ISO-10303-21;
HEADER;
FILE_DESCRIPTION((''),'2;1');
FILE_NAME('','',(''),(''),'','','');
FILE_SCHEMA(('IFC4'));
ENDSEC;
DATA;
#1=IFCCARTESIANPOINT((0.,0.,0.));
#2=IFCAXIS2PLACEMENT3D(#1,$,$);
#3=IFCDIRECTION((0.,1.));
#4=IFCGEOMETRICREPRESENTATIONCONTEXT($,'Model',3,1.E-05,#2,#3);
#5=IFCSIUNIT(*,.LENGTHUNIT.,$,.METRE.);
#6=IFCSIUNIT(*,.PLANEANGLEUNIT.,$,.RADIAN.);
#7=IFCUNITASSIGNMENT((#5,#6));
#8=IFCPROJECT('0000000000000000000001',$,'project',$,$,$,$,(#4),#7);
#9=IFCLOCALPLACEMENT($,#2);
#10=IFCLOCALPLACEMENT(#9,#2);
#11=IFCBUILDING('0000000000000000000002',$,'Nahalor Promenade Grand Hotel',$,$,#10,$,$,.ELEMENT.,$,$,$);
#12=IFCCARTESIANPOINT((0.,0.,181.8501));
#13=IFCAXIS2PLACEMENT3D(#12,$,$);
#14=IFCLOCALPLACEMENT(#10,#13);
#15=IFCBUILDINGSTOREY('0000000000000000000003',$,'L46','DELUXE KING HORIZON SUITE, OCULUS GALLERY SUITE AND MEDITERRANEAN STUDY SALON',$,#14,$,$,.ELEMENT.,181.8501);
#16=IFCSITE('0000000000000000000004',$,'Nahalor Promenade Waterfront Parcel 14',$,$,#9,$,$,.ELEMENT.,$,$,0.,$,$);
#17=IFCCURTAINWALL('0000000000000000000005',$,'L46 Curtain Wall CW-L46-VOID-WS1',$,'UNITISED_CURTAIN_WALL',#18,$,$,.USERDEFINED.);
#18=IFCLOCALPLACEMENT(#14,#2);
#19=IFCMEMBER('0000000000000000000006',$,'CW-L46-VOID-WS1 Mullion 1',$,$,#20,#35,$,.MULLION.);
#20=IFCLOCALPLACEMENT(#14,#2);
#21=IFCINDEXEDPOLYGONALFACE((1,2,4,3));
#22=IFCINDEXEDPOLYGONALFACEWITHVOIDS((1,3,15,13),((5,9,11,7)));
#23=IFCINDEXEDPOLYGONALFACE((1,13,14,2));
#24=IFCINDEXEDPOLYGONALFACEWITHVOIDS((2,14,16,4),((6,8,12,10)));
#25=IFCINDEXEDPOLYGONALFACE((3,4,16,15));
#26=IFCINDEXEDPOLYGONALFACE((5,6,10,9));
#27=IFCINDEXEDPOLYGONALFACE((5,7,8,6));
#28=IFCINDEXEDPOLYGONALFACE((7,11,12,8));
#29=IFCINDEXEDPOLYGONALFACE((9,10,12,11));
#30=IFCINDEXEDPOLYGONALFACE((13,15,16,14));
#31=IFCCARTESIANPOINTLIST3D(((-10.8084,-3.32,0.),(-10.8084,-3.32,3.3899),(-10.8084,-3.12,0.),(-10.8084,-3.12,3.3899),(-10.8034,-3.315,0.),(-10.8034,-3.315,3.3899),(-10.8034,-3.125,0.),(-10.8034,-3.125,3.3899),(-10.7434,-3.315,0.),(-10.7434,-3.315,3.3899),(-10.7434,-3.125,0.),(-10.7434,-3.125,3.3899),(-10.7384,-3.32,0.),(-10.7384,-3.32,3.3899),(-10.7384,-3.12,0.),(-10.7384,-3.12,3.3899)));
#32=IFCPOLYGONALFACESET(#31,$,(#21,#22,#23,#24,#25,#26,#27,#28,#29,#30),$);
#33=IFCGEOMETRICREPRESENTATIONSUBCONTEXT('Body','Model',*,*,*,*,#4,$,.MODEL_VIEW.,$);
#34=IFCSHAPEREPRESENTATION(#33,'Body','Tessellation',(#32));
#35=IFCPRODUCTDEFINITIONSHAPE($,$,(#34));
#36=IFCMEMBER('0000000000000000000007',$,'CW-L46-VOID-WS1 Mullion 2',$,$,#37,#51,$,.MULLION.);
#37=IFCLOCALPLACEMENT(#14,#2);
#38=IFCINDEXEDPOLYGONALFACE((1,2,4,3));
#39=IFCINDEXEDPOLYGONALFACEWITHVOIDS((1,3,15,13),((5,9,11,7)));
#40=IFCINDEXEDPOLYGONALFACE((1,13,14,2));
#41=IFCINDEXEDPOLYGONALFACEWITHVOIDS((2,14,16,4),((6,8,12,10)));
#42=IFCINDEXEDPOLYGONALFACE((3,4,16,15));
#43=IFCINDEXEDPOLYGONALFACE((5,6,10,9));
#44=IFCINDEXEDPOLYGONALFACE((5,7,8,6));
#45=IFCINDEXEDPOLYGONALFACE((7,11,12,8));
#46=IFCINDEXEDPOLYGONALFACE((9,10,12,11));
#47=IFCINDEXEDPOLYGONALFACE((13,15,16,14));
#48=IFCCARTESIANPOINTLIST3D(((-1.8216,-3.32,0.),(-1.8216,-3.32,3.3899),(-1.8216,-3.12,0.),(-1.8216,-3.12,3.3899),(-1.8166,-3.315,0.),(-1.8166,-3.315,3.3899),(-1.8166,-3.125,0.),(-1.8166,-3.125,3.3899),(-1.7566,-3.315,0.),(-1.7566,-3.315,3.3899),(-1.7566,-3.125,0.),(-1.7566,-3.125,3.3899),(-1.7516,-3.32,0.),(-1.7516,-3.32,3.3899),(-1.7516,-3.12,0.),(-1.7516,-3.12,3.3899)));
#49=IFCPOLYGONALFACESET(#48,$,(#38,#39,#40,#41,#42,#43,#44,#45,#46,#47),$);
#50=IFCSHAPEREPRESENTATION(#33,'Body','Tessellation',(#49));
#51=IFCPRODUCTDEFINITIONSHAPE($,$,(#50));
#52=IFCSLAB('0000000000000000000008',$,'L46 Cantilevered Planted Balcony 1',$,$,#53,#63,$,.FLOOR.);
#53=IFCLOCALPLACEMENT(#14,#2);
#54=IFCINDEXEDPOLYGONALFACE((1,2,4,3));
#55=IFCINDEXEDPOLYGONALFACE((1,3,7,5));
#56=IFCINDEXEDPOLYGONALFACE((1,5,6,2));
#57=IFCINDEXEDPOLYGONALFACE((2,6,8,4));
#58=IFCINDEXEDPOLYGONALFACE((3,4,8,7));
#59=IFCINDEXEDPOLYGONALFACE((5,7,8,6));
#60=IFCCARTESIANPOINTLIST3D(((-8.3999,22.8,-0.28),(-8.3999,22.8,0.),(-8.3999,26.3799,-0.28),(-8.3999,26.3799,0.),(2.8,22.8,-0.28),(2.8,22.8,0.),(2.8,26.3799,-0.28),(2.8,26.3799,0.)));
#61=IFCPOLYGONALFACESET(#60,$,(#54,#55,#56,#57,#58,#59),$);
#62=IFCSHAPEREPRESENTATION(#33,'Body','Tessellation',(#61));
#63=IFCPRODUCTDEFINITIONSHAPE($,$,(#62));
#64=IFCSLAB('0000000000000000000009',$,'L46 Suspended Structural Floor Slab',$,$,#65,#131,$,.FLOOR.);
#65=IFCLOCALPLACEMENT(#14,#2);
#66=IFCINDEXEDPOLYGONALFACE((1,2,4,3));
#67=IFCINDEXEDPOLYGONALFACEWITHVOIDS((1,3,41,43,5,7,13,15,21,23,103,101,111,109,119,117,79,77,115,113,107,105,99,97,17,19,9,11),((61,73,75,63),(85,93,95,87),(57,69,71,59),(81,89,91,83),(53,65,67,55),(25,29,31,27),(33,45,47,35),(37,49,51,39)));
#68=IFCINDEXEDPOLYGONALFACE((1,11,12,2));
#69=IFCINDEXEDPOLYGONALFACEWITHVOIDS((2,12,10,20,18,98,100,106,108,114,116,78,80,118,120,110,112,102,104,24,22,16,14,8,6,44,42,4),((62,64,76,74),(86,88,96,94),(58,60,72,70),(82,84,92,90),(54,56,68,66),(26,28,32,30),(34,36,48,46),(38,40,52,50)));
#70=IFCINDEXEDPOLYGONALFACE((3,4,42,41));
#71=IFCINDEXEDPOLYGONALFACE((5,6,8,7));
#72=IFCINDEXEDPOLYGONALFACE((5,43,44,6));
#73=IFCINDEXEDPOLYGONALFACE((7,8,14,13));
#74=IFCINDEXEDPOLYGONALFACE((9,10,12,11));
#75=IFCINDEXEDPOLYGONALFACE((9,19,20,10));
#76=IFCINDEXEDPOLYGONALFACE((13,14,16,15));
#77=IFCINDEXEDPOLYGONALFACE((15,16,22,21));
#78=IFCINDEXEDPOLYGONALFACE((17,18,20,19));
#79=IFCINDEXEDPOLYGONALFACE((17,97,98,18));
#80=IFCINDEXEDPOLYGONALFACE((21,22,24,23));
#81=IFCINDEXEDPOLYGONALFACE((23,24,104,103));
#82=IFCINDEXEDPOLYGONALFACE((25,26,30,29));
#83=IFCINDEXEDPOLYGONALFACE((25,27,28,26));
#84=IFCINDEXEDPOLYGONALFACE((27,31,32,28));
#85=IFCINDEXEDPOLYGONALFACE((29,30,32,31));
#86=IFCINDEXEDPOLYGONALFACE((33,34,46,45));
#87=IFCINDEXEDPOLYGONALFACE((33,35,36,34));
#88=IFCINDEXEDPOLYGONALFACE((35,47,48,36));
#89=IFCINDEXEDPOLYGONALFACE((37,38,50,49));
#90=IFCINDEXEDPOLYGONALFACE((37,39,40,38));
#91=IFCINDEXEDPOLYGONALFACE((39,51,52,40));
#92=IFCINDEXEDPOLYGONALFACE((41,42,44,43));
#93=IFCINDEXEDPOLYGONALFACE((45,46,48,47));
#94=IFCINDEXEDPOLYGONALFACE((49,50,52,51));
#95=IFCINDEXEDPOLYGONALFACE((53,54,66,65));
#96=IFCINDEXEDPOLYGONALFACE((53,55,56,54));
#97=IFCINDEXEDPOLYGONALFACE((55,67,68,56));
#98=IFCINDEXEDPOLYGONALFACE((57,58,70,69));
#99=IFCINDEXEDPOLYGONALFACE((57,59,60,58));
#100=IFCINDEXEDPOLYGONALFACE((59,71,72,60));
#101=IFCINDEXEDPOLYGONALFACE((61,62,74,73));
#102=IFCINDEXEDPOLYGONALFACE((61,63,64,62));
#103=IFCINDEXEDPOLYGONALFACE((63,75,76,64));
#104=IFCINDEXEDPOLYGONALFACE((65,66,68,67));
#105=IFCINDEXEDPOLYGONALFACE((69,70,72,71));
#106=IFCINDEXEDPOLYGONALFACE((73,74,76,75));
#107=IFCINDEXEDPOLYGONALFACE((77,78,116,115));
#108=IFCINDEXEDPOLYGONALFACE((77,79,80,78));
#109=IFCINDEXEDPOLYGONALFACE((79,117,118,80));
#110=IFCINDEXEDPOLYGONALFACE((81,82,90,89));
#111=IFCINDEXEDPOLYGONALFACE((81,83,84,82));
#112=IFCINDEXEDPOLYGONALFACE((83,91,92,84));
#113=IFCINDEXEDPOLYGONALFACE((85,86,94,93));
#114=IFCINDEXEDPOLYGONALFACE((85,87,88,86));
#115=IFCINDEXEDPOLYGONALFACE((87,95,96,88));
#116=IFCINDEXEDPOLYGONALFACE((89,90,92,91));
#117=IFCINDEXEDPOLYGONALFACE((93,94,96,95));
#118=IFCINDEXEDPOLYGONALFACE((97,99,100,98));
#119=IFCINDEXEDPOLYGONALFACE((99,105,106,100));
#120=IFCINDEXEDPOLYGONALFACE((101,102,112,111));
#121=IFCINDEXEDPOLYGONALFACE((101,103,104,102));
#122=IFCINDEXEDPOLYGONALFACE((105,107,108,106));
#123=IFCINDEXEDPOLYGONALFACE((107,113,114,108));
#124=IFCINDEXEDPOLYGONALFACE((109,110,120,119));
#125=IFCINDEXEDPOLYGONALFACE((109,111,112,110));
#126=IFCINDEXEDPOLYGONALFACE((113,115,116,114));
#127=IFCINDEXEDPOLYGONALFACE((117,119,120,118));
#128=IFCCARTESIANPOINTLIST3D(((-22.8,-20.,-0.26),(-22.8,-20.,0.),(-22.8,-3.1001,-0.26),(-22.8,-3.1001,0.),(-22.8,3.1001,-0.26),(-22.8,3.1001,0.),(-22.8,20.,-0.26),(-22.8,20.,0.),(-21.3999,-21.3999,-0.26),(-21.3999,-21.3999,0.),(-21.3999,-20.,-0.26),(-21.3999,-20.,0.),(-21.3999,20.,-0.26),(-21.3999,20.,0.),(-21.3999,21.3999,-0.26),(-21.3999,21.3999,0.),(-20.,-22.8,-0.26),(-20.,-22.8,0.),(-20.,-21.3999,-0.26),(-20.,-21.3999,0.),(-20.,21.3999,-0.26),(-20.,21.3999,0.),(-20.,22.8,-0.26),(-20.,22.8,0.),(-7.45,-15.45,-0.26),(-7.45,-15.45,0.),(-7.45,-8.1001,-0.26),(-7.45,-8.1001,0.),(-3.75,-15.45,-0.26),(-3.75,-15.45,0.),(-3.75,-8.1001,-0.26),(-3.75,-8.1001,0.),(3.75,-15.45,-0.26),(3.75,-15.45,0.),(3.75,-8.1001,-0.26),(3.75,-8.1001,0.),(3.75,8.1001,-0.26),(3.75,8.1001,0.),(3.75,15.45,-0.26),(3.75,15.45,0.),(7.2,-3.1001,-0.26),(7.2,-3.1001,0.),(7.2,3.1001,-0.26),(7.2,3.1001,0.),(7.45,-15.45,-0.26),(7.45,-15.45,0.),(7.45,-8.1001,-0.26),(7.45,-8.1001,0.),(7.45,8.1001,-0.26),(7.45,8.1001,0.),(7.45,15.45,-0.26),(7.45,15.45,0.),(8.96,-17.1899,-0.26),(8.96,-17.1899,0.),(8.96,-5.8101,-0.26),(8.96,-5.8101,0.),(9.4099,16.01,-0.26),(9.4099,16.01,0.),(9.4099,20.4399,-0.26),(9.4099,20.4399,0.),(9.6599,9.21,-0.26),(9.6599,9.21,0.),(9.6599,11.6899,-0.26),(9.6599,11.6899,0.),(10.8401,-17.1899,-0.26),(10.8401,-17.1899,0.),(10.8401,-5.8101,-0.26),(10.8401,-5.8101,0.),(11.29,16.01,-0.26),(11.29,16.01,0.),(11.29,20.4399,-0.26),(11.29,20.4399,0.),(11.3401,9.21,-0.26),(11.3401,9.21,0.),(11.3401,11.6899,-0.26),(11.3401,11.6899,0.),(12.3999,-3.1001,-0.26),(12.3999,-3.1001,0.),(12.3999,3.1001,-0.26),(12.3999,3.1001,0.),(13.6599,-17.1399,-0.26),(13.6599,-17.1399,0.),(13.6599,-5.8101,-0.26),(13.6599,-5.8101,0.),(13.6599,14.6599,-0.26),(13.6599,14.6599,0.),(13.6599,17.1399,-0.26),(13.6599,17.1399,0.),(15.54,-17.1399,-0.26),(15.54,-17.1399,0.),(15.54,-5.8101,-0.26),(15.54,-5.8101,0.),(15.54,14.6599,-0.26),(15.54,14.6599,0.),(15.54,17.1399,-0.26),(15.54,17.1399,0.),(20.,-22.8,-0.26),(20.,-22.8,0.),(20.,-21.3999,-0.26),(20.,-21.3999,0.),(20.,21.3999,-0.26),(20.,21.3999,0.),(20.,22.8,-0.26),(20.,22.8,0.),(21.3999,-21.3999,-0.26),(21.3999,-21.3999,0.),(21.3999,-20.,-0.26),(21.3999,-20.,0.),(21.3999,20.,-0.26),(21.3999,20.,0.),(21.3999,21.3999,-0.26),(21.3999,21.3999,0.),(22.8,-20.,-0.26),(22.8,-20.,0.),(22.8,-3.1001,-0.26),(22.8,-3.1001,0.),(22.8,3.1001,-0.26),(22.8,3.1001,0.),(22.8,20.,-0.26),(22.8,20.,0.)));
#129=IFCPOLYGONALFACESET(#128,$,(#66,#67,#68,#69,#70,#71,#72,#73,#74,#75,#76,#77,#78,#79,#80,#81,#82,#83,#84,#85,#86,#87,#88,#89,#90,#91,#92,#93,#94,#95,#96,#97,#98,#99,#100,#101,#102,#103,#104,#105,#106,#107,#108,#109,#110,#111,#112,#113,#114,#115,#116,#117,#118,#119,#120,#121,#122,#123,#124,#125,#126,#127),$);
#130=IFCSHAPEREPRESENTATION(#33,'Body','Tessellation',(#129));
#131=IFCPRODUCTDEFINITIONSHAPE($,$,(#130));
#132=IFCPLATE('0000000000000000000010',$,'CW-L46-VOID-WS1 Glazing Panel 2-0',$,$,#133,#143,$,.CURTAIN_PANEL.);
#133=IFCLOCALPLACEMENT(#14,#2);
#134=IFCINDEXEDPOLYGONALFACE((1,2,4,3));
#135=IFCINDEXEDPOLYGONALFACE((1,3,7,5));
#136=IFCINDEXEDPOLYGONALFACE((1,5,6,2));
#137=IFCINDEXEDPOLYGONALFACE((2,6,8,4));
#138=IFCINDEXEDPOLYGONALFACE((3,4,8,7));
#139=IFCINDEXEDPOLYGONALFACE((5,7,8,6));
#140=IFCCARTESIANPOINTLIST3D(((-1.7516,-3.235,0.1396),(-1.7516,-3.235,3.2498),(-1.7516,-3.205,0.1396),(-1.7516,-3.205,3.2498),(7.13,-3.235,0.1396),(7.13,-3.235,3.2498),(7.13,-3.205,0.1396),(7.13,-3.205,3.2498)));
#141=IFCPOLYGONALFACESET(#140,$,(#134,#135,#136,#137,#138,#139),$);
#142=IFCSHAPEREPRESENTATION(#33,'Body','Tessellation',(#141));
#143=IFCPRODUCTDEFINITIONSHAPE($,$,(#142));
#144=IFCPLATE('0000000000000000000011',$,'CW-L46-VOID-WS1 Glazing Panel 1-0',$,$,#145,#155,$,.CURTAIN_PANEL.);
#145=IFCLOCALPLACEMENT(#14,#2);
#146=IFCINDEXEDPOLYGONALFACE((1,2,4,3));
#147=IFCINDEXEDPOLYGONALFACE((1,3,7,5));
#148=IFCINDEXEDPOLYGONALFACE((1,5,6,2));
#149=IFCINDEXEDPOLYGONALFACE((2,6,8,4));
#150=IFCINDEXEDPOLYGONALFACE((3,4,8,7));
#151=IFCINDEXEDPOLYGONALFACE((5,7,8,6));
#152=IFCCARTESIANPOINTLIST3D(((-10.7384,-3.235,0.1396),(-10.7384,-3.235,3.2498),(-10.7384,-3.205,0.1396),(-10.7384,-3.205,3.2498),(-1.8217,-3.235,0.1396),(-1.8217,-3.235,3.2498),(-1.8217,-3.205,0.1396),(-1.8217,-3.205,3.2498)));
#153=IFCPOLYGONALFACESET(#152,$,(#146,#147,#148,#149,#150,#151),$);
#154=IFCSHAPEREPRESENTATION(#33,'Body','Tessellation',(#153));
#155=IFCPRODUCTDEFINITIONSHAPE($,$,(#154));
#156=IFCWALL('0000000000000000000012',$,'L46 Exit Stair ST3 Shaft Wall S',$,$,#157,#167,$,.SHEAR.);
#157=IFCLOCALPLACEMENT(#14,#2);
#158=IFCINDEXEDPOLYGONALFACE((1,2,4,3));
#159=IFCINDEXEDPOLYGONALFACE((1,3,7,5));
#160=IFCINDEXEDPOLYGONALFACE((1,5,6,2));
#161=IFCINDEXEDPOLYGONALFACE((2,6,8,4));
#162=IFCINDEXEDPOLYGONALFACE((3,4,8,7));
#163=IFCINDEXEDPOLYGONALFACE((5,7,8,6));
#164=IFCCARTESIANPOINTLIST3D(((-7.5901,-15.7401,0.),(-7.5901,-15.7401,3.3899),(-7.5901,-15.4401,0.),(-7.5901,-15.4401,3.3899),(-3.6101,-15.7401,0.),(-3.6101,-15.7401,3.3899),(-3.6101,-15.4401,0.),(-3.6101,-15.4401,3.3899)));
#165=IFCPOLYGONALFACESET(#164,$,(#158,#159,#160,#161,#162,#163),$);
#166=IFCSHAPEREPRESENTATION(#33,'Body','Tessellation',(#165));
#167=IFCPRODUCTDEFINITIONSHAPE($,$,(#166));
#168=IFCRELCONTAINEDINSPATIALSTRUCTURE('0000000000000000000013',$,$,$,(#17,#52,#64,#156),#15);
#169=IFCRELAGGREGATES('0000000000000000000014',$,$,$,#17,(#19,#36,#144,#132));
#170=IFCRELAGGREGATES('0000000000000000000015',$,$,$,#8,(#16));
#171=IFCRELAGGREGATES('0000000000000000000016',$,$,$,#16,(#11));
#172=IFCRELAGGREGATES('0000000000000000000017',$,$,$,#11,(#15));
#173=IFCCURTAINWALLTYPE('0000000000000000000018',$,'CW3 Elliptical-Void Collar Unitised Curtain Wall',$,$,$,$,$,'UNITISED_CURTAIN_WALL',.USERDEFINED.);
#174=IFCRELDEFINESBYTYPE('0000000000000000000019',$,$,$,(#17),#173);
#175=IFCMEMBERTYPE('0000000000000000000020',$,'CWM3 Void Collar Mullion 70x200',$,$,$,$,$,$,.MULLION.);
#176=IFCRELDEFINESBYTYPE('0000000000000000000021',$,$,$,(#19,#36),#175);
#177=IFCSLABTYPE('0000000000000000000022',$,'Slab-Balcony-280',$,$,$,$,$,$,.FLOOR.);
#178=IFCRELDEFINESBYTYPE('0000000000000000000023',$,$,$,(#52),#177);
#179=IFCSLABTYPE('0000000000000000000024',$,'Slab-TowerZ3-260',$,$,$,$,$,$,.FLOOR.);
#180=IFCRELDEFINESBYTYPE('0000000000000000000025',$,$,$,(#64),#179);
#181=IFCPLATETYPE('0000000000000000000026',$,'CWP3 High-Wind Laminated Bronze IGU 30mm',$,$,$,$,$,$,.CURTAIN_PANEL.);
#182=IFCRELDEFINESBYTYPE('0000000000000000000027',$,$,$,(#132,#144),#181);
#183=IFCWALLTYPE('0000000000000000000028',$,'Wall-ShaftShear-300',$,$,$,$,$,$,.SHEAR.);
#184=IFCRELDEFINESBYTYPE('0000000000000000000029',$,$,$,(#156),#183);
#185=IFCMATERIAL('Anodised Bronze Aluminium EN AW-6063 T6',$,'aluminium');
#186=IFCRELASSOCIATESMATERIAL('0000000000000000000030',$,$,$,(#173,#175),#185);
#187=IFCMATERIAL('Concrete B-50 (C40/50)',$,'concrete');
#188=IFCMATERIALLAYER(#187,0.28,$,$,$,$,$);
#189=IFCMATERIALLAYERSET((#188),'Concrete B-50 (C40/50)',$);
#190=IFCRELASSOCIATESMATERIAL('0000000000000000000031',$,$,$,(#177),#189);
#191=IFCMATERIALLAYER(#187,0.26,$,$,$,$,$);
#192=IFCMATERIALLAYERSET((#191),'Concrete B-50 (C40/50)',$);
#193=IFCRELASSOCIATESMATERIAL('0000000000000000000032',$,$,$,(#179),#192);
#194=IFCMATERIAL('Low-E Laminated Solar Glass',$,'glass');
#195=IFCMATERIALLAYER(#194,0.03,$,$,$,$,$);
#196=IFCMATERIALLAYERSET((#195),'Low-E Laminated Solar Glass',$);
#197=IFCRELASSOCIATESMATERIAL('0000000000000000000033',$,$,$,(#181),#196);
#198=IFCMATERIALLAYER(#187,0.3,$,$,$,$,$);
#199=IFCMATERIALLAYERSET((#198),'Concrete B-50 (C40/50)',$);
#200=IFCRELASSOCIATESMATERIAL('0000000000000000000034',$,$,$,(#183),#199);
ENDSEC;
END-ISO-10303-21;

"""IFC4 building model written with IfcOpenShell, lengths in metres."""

from ifc_helpers import new_model, si_unit, direction, frame, frame_2d, origin, origin_2d, place, context, subcontext, project, spatial, polyline, rectangle, hollow_rectangle, outline, extrude, source, transform, mapped, material, layer, layer_set, material_profile, profile_set, type_object, element, aggregate, save


model = new_model("IFC4")

# Units and contexts
model_context = context("Model", 3, precision=1e-05, world=origin(), true_north=direction((0.0, 1.0)))
body_context = subcontext(model_context, "Body", "Model", "MODEL_VIEW")
ifc_project = project(units=[si_unit("LENGTHUNIT", "METRE"), si_unit("PLANEANGLEUNIT", "RADIAN")], contexts=[model_context])

# Site, building, storey
site_placement = place(None, origin())
site = spatial("IfcSite", under=ifc_project, at=site_placement, Name="Nahalor Promenade Waterfront Parcel 14", CompositionType="ELEMENT", RefElevation=0.0)
building_placement = place(site_placement, origin())
building = spatial("IfcBuilding", under=site, at=building_placement, Name="Nahalor Promenade Grand Hotel", CompositionType="ELEMENT")
storey_placement = place(building_placement, frame((0.0, 0.0, 181.8501)))
storey = spatial("IfcBuildingStorey", under=building, at=storey_placement, Name="L46", Description="DELUXE KING HORIZON SUITE, OCULUS GALLERY SUITE AND MEDITERRANEAN STUDY SALON", CompositionType="ELEMENT", Elevation=181.8501)

# Curtain wall, members
ifc_material_1 = material(Name="Anodised Bronze Aluminium EN AW-6063 T6", Category="aluminium")
curtain_wall_type = type_object("IfcCurtainWallType", Name="CW3 Elliptical-Void Collar Unitised Curtain Wall", ElementType="UNITISED_CURTAIN_WALL", PredefinedType="USERDEFINED", material=ifc_material_1)
curtain_wall_placement = place(storey_placement, origin())
curtain_wall = element("IfcCurtainWall", 1, at=curtain_wall_placement, inside=storey, type_object=curtain_wall_type, Name="L46 Curtain Wall CW-L46-VOID-WS1", ObjectType="UNITISED_CURTAIN_WALL", PredefinedType="USERDEFINED")
ifc_material_profile_1 = material_profile(ifc_material_1, hollow_rectangle(XDim=0.07, YDim=0.2, WallThickness=0.005, at=origin_2d()), Name="CWM 70x200x5")
ifc_profile_set_1 = profile_set([ifc_material_profile_1], Name="Anodised Bronze Aluminium EN AW-6063 T6")
member_type_1 = type_object("IfcMemberType", Name="CWM3 Void Collar Mullion 70x200", PredefinedType="MULLION", material=ifc_profile_set_1)
shared_shape_1 = source(origin(), body_context, "Body", "SweptSolid", [
    extrude(hollow_rectangle(XDim=0.07, YDim=0.2, WallThickness=0.005, at=origin_2d()), origin(), (0.0, 0.0, 1.0), 3.3899),
])
member_1_placement = place(storey_placement, frame((-10.7734, -3.22, 0.0), z_axis=(0.0, 0.0, 1.0), x_axis=(1.0, 0.0, 0.0)))
member_1 = element("IfcMember", 2, at=member_1_placement, type_object=member_type_1, Name="CW-L46-VOID-WS1 Mullion 1", PredefinedType="MULLION", context=body_context, shape_type="MappedRepresentation", body=[
    mapped(shared_shape_1, transform((0.0, 0.0, 0.0), scale=1.0)),
])
member_2_placement = place(storey_placement, frame((-1.7866, -3.22, 0.0), z_axis=(0.0, 0.0, 1.0), x_axis=(1.0, 0.0, 0.0)))
member_2 = element("IfcMember", 3, at=member_2_placement, type_object=member_type_1, Name="CW-L46-VOID-WS1 Mullion 2", PredefinedType="MULLION", context=body_context, shape_type="MappedRepresentation", body=[
    mapped(shared_shape_1, transform((0.0, 0.0, 0.0), scale=1.0)),
])

# Slabs
ifc_material_2 = material(Name="Concrete B-50 (C40/50)", Category="concrete")
ifc_layer_1 = layer(ifc_material_2, 0.28)
ifc_layer_set_1 = layer_set([ifc_layer_1], Name="Concrete B-50 (C40/50)")
slab_type_1 = type_object("IfcSlabType", Name="Slab-Balcony-280", PredefinedType="FLOOR", material=ifc_layer_set_1)
slab_1_placement = place(storey_placement, frame((0.0, 0.0, -0.28)))
element("IfcSlab", 4, at=slab_1_placement, inside=storey, type_object=slab_type_1, Name="L46 Cantilevered Planted Balcony 1", PredefinedType="FLOOR", context=body_context, shape_type="SweptSolid", body=[
    extrude(outline(polyline([(-8.3999, 22.8), (2.8, 22.8), (2.8, 26.3799), (-8.3999, 26.3799), (-8.3999, 22.8)])), origin(), (0.0, 0.0, 1.0), 0.28),
])
ifc_layer_2 = layer(ifc_material_2, 0.26)
ifc_layer_set_2 = layer_set([ifc_layer_2], Name="Concrete B-50 (C40/50)")
slab_type_2 = type_object("IfcSlabType", Name="Slab-TowerZ3-260", PredefinedType="FLOOR", material=ifc_layer_set_2)
slab_2_placement = place(storey_placement, frame((0.0, 0.0, -0.26)))
element("IfcSlab", 5, at=slab_2_placement, inside=storey, type_object=slab_type_2, Name="L46 Suspended Structural Floor Slab", PredefinedType="FLOOR", context=body_context, shape_type="SweptSolid", body=[
    extrude(outline(polyline([(-20.0, -22.8), (20.0, -22.8), (20.0, -21.3999), (21.3999, -21.3999), (21.3999, -20.0), (22.8, -20.0), (22.8, -3.1001), (12.3999, -3.1001), (12.3999, 3.1001), (22.8, 3.1001), (22.8, 20.0), (21.3999, 20.0), (21.3999, 21.3999), (20.0, 21.3999), (20.0, 22.8), (-20.0, 22.8), (-20.0, 21.3999), (-21.3999, 21.3999), (-21.3999, 20.0), (-22.8, 20.0), (-22.8, 3.1001), (7.2, 3.1001), (7.2, -3.1001), (-22.8, -3.1001), (-22.8, -20.0), (-21.3999, -20.0), (-21.3999, -21.3999), (-20.0, -21.3999), (-20.0, -22.8)]), holes=[polyline([(3.75, 8.1001), (7.45, 8.1001), (7.45, 15.45), (3.75, 15.45), (3.75, 8.1001)]), polyline([(3.75, -15.45), (7.45, -15.45), (7.45, -8.1001), (3.75, -8.1001), (3.75, -15.45)]), polyline([(-7.45, -15.45), (-3.75, -15.45), (-3.75, -8.1001), (-7.45, -8.1001), (-7.45, -15.45)]), polyline([(13.6599, -17.1399), (15.54, -17.1399), (15.54, -5.8101), (13.6599, -5.8101), (13.6599, -17.1399)]), polyline([(8.96, -17.1899), (10.8401, -17.1899), (10.8401, -5.8101), (8.96, -5.8101), (8.96, -17.1899)]), polyline([(9.4099, 16.01), (11.29, 16.01), (11.29, 20.4399), (9.4099, 20.4399), (9.4099, 16.01)]), polyline([(9.6599, 9.21), (11.3401, 9.21), (11.3401, 11.6899), (9.6599, 11.6899), (9.6599, 9.21)]), polyline([(13.6599, 14.6599), (15.54, 14.6599), (15.54, 17.1399), (13.6599, 17.1399), (13.6599, 14.6599)])]), origin(), (0.0, 0.0, 1.0), 0.26),
])

# Plates
ifc_material_3 = material(Name="Low-E Laminated Solar Glass", Category="glass")
ifc_layer_3 = layer(ifc_material_3, 0.03)
ifc_layer_set_3 = layer_set([ifc_layer_3], Name="Low-E Laminated Solar Glass")
plate_type = type_object("IfcPlateType", Name="CWP3 High-Wind Laminated Bronze IGU 30mm", PredefinedType="CURTAIN_PANEL", material=ifc_layer_set_3)
shared_shape_2 = source(origin(), body_context, "Body", "SweptSolid", [
    extrude(rectangle(XDim=8.8816, YDim=0.03, at=origin_2d()), origin(), (0.0, 0.0, 1.0), 3.1101),
])
plate_1_placement = place(storey_placement, frame((2.6892, -3.22, 0.1396), z_axis=(0.0, 0.0, 1.0), x_axis=(1.0, 0.0, 0.0)))
plate_1 = element("IfcPlate", 6, at=plate_1_placement, type_object=plate_type, Name="CW-L46-VOID-WS1 Glazing Panel 2-0", PredefinedType="CURTAIN_PANEL", context=body_context, shape_type="MappedRepresentation", body=[
    mapped(shared_shape_2, transform((0.0, 0.0, 0.0), scale=1.0)),
])
shared_shape_3 = source(origin(), body_context, "Body", "SweptSolid", [
    extrude(rectangle(XDim=8.9167, YDim=0.03, at=origin_2d()), origin(), (0.0, 0.0, 1.0), 3.1101),
])
plate_2_placement = place(storey_placement, frame((-6.28, -3.22, 0.1396), z_axis=(0.0, 0.0, 1.0), x_axis=(1.0, 0.0, 0.0)))
plate_2 = element("IfcPlate", 7, at=plate_2_placement, type_object=plate_type, Name="CW-L46-VOID-WS1 Glazing Panel 1-0", PredefinedType="CURTAIN_PANEL", context=body_context, shape_type="MappedRepresentation", body=[
    mapped(shared_shape_3, transform((0.0, 0.0, 0.0), scale=1.0)),
])
aggregate(curtain_wall, [member_1, member_2, plate_2, plate_1])

# Wall
ifc_layer_4 = layer(ifc_material_2, 0.3)
ifc_layer_set_4 = layer_set([ifc_layer_4], Name="Concrete B-50 (C40/50)")
wall_type_1 = type_object("IfcWallType", Name="Wall-ShaftShear-300", PredefinedType="SHEAR", material=ifc_layer_set_4)
shared_shape_4 = source(origin(), body_context, "Body", "SweptSolid", [
    extrude(rectangle(XDim=3.98, YDim=0.3, at=frame_2d((1.99, 0.0))), origin(), (0.0, 0.0, 1.0), 3.3899),
])
wall_1_placement = place(storey_placement, frame((-7.5901, -15.5901, 0.0), z_axis=(0.0, 0.0, 1.0), x_axis=(1.0, 0.0, 0.0)))
element("IfcWall", 8, at=wall_1_placement, inside=storey, type_object=wall_type_1, Name="L46 Exit Stair ST3 Shaft Wall S", PredefinedType="SHEAR", context=body_context, shape_type="MappedRepresentation", body=[
    mapped(shared_shape_4, transform((0.0, 0.0, 0.0), scale=1.0)),
])

save(model, "model.ifc")
